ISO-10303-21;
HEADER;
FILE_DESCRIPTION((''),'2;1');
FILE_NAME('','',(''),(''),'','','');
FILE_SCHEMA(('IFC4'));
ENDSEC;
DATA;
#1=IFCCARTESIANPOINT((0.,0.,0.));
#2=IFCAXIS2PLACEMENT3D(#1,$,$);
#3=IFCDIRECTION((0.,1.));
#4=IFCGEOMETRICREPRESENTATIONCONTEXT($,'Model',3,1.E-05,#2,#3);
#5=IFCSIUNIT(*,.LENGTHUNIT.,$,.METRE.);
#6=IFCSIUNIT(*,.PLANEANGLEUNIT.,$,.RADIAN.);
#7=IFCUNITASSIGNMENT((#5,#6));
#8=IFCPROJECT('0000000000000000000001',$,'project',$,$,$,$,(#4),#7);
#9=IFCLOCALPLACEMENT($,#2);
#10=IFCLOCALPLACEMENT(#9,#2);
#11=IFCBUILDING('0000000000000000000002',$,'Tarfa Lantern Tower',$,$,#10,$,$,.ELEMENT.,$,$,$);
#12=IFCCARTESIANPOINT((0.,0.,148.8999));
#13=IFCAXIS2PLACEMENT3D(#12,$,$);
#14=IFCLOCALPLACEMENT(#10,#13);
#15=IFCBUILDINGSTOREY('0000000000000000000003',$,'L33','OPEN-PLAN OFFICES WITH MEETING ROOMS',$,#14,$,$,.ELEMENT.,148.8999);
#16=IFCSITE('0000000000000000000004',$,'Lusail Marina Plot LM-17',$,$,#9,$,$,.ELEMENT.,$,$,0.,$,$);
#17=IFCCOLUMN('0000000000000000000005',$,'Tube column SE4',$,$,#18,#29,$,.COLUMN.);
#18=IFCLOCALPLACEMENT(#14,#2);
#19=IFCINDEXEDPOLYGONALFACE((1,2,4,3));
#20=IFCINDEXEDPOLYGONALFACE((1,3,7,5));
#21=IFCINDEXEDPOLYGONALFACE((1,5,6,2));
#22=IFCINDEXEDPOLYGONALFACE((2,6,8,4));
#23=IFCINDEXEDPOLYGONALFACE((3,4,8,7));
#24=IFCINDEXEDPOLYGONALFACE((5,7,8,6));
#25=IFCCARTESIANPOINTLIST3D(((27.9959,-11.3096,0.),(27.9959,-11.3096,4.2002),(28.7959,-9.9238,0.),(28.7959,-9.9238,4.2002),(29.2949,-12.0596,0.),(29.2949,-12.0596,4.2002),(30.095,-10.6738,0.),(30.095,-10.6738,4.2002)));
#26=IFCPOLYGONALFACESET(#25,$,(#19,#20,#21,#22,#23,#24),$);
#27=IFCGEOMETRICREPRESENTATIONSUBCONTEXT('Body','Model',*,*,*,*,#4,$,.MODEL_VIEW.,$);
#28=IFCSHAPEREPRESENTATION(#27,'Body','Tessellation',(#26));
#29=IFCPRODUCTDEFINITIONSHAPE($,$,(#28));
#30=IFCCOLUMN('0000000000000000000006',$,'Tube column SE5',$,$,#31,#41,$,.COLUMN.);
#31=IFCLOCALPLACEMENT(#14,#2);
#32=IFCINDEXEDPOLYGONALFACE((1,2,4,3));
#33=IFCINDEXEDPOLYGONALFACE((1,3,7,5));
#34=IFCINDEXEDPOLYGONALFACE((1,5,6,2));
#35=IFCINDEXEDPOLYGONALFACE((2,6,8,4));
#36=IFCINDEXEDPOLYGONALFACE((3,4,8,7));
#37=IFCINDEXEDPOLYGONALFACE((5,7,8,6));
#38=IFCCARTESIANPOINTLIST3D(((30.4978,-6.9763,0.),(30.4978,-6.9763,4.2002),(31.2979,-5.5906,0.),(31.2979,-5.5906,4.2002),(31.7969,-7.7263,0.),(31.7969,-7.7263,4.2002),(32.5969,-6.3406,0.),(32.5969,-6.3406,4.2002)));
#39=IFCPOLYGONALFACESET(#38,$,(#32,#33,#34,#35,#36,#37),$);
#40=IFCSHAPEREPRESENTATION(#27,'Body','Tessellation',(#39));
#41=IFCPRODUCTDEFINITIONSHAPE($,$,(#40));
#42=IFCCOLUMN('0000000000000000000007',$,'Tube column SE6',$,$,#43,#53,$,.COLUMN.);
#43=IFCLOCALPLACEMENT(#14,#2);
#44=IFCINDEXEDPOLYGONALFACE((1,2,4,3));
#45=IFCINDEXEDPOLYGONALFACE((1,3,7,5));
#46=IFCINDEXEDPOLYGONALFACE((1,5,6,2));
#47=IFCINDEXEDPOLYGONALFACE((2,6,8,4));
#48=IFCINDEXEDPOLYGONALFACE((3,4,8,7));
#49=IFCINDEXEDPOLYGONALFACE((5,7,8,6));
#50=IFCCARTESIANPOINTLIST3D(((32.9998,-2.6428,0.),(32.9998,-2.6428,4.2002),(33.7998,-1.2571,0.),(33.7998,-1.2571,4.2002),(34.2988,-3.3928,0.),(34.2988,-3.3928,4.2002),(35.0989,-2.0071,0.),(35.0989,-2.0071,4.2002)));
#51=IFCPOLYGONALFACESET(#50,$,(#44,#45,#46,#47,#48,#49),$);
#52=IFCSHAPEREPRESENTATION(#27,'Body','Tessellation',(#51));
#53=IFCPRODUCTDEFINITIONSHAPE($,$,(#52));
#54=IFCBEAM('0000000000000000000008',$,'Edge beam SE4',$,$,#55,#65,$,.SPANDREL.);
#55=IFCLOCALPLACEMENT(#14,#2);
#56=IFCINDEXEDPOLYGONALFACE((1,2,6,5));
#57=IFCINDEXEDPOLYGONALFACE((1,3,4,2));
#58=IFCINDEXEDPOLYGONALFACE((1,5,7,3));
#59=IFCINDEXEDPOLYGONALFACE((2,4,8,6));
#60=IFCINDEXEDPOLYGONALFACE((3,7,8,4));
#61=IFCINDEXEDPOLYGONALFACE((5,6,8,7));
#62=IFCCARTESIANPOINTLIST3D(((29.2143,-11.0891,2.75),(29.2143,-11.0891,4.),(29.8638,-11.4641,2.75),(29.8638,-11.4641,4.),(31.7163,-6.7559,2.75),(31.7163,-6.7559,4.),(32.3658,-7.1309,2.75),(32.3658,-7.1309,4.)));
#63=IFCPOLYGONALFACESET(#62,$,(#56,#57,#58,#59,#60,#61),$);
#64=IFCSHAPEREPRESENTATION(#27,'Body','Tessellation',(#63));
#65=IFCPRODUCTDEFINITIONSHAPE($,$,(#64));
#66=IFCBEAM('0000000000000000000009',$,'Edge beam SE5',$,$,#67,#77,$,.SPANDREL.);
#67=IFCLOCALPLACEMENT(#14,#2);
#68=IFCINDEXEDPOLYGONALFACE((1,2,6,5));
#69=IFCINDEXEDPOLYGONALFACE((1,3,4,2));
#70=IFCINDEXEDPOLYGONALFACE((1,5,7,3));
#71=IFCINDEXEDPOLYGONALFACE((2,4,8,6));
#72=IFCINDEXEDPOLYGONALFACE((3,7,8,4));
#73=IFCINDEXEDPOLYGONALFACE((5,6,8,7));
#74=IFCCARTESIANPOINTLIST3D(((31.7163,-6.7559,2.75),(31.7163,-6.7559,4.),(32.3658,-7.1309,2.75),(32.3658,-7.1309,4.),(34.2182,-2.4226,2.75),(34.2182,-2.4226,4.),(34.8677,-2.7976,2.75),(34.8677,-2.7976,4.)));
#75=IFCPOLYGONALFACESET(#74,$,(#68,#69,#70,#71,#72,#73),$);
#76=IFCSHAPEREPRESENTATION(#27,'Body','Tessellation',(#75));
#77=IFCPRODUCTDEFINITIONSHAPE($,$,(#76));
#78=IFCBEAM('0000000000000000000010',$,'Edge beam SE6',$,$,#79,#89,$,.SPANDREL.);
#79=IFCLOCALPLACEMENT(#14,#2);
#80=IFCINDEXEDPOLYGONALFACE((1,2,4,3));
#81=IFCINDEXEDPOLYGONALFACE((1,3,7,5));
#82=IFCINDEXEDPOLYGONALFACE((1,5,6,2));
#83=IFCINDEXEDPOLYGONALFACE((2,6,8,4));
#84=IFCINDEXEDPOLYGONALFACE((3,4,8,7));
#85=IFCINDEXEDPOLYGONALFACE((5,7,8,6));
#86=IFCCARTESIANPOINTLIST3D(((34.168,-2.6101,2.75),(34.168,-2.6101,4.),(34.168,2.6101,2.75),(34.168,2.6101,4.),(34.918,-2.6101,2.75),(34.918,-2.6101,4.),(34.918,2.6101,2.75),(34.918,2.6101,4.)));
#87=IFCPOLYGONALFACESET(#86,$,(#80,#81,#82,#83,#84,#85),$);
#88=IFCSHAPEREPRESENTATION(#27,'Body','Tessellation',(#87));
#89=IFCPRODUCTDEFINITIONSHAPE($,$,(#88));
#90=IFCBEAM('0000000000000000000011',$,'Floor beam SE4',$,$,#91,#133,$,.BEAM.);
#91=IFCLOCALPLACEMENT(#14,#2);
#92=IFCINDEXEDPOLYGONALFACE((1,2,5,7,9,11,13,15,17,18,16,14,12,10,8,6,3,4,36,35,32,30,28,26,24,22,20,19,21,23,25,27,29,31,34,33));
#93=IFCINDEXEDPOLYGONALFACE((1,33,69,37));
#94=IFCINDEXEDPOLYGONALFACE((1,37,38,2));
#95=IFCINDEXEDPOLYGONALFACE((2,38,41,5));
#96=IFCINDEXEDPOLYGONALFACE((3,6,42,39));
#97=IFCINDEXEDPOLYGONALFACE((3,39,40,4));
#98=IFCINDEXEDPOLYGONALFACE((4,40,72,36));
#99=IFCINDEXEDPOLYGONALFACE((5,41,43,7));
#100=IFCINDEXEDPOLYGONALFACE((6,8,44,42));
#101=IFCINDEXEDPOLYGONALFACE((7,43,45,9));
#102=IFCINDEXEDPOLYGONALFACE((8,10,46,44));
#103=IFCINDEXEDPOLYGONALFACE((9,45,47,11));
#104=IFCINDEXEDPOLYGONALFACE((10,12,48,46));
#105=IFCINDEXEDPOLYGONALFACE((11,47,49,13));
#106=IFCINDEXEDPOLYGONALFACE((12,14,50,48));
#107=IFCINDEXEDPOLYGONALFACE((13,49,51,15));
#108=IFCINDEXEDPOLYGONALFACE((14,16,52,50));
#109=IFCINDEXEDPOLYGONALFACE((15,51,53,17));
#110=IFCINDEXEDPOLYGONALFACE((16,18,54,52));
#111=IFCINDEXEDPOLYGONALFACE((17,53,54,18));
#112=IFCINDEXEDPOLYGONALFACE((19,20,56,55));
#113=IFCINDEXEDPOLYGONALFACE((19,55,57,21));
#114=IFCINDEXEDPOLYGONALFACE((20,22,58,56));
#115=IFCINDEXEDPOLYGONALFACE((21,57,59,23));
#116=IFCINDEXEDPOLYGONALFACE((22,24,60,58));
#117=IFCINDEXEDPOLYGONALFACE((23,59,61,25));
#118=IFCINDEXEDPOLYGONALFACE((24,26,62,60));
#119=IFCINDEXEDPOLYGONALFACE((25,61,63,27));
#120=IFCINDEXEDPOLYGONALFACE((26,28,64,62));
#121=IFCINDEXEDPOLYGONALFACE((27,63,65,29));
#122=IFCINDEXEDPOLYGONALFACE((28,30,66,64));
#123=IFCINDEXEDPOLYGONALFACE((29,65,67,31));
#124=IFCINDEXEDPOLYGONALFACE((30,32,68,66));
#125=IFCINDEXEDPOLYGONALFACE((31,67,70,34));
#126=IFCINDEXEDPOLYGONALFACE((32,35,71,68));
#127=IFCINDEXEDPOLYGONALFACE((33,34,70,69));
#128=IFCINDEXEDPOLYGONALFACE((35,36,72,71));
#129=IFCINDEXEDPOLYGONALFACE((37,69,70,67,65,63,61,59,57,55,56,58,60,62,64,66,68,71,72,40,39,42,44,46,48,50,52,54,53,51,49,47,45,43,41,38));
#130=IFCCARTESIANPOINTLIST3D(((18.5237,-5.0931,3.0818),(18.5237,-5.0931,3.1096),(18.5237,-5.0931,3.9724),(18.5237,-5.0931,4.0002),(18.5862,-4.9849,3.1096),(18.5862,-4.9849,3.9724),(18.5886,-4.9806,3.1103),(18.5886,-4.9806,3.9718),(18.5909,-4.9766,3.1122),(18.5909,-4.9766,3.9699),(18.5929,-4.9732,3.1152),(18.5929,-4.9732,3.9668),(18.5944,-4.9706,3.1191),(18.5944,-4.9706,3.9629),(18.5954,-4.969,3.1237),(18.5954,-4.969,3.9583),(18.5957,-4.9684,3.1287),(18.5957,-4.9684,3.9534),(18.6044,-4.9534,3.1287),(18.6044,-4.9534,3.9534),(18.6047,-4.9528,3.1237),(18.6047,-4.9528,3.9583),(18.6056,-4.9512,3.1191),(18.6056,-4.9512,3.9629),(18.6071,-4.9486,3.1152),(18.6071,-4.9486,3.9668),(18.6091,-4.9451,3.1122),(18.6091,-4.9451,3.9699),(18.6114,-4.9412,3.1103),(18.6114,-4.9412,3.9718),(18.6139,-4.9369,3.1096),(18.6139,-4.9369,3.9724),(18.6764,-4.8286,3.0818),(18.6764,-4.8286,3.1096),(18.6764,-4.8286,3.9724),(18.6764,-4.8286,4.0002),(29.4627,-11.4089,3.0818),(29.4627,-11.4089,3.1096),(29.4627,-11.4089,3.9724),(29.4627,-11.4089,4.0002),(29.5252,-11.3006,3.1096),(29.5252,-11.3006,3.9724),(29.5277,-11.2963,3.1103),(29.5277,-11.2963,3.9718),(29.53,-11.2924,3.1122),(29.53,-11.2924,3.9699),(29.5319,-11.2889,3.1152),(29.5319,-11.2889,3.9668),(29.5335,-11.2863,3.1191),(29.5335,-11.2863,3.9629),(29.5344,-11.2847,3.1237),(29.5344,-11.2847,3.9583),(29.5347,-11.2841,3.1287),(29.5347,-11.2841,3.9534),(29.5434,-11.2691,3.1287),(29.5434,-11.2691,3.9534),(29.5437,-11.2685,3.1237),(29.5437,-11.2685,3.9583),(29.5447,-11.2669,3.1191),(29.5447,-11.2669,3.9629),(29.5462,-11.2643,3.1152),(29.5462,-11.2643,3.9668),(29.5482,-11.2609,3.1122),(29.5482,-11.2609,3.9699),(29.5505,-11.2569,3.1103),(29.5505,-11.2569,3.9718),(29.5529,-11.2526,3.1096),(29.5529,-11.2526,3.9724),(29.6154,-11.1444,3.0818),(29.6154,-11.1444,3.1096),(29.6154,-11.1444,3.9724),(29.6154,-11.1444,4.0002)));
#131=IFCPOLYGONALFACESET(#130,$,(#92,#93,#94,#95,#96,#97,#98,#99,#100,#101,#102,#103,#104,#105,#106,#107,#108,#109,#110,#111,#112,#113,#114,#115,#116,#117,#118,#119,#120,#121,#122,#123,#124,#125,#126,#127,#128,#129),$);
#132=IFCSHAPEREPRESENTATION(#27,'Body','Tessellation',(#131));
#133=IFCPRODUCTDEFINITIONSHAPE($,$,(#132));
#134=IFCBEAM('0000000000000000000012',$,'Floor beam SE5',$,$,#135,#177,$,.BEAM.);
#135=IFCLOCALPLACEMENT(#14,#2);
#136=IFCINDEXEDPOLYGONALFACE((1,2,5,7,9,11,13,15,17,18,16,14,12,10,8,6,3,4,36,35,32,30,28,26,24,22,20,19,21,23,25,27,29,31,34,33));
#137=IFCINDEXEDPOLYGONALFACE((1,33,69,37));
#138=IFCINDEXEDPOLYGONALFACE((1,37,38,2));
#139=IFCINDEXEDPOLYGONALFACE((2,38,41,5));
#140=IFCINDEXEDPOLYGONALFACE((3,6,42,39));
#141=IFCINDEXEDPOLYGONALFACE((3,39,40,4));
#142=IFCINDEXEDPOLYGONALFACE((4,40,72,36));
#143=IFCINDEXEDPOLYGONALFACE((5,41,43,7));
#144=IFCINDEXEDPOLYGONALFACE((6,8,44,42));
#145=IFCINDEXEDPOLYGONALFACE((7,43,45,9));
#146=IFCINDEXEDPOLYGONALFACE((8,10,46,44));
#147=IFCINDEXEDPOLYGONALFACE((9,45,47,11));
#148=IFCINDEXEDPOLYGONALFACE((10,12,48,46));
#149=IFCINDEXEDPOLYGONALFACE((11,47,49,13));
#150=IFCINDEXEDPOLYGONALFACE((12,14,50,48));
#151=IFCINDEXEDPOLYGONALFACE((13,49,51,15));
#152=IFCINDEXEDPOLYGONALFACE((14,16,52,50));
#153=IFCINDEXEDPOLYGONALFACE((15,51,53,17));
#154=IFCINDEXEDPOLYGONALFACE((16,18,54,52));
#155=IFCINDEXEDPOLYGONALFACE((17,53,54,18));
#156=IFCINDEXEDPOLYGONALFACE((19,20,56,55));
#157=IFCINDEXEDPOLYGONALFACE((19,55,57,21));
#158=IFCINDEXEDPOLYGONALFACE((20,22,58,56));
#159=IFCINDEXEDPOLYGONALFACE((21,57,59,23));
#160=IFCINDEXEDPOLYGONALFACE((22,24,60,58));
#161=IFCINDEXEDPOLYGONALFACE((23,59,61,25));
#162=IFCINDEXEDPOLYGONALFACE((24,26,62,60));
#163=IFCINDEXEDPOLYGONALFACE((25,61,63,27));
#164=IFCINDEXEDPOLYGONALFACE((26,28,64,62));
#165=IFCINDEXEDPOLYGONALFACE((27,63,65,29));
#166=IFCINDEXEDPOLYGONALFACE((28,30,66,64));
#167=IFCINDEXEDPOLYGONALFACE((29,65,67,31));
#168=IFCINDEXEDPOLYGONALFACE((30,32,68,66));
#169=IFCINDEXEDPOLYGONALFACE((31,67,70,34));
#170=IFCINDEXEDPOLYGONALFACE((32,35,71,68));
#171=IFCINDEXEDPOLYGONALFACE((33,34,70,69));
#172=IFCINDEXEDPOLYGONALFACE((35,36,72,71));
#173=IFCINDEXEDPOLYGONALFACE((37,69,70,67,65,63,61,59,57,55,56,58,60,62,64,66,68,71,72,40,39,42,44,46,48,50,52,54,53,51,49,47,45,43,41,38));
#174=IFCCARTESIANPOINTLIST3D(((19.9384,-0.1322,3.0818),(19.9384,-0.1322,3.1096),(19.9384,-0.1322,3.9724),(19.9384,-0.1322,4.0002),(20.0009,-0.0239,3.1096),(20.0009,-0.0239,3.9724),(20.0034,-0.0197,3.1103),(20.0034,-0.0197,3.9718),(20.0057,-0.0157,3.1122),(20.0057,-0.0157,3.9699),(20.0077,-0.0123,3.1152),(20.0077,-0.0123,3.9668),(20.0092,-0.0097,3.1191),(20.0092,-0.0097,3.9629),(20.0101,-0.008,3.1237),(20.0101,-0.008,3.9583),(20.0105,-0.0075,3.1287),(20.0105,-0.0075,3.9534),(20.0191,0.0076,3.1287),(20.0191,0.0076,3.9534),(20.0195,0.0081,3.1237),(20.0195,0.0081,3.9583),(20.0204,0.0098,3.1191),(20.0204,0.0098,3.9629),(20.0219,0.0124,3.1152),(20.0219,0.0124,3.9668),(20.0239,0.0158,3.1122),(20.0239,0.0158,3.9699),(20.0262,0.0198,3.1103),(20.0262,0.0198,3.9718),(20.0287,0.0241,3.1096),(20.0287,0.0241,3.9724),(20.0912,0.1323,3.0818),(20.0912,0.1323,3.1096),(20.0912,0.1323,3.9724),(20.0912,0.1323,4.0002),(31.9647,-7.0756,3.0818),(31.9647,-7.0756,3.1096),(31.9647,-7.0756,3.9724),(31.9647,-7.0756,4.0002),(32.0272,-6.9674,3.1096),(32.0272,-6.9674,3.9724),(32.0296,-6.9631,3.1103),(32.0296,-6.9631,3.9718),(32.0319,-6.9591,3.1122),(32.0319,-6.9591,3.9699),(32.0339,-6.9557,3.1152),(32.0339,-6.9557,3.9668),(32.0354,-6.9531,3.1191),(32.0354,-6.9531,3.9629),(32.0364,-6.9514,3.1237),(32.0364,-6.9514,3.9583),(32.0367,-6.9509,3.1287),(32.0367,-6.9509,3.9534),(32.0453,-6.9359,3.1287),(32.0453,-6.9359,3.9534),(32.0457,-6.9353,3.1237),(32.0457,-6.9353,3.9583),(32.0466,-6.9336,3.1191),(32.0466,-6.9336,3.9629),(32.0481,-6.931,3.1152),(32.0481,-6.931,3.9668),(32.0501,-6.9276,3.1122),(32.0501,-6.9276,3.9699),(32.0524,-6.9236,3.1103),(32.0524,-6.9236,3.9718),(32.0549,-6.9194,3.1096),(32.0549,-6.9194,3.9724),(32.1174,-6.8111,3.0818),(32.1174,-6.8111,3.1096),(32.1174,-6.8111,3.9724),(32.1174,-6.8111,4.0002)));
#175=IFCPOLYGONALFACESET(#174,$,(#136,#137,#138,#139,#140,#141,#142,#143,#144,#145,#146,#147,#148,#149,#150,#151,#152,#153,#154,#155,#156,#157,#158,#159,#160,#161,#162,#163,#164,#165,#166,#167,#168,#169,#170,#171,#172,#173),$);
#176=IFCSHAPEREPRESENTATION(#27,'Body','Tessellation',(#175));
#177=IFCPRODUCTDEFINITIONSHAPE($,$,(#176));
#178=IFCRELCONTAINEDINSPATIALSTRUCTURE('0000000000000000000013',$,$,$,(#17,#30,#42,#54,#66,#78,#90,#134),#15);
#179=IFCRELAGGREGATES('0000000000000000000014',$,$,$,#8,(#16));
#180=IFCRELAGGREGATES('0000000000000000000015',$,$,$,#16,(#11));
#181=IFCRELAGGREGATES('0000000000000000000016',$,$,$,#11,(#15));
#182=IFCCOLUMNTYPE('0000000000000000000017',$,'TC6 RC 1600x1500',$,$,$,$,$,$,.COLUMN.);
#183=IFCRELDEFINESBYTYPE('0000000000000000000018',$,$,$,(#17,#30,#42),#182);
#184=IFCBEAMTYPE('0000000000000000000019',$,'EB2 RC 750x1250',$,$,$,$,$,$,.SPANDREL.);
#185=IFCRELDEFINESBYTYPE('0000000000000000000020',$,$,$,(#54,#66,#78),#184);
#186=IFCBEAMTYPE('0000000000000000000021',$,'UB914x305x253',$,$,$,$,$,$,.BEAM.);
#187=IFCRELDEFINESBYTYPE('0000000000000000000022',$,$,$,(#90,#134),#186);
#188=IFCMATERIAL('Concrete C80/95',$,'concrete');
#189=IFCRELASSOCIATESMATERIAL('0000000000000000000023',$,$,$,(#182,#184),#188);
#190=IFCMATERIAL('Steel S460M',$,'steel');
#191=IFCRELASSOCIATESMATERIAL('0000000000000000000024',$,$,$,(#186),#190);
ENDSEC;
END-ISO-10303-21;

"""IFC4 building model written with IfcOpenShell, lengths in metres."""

from ifc_helpers import new_model, si_unit, direction, frame, origin, origin_2d, place, context, subcontext, project, spatial, rectangle, i_section, extrude, material, material_profile, profile_set, type_object, element, save


model = new_model("IFC4")

# Units and contexts
model_context = context("Model", 3, precision=1e-05, world=origin(), true_north=direction((0.0, 1.0)))
body_context = subcontext(model_context, "Body", "Model", "MODEL_VIEW")
ifc_project = project(units=[si_unit("LENGTHUNIT", "METRE"), si_unit("PLANEANGLEUNIT", "RADIAN")], contexts=[model_context])

# Site, building, storey
site_placement = place(None, origin())
site = spatial("IfcSite", under=ifc_project, at=site_placement, Name="Lusail Marina Plot LM-17", CompositionType="ELEMENT", RefElevation=0.0)
building_placement = place(site_placement, origin())
building = spatial("IfcBuilding", under=site, at=building_placement, Name="Tarfa Lantern Tower", CompositionType="ELEMENT")
storey_placement = place(building_placement, frame((0.0, 0.0, 148.8999)))
storey = spatial("IfcBuildingStorey", under=building, at=storey_placement, Name="L33", Description="OPEN-PLAN OFFICES WITH MEETING ROOMS", CompositionType="ELEMENT", Elevation=148.8999)

# Columns
ifc_material_1 = material(Name="Concrete C80/95", Category="concrete")
ifc_material_profile_1 = material_profile(ifc_material_1, rectangle(XDim=1.6001, YDim=1.5, at=origin_2d()), Name="RC 1600x1500")
ifc_profile_set_1 = profile_set([ifc_material_profile_1], Name="Concrete C80/95")
column_type = type_object("IfcColumnType", Name="TC6 RC 1600x1500", PredefinedType="COLUMN", material=ifc_profile_set_1)
for number, where, z_axis, x_axis, name in (
    (1, (29.0454, -10.9917, 0.0), (0.0, 0.0, 1.0), (0.5, 0.866025, 0.0), "Tube column SE4"),
    (2, (31.5474, -6.6584, 0.0), (0.0, 0.0, 1.0), (0.5, 0.866025, 0.0), "Tube column SE5"),
    (3, (34.0493, -2.325, 0.0), (0.0, 0.0, 1.0), (0.5, 0.866025, 0.0), "Tube column SE6"),
):
    element("IfcColumn", number, at=place(storey_placement, frame(where, z_axis=z_axis, x_axis=x_axis)), inside=storey, type_object=column_type, Name=name, PredefinedType="COLUMN", context=body_context, shape_type="SweptSolid", body=[
        extrude(rectangle(XDim=1.6001, YDim=1.5, at=origin_2d()), origin(), (0.0, 0.0, 1.0), 4.2002),
    ])

# Beams
ifc_material_profile_2 = material_profile(ifc_material_1, rectangle(XDim=0.75, YDim=1.25, at=origin_2d()), Name="RC 750x1250")
ifc_profile_set_2 = profile_set([ifc_material_profile_2], Name="Concrete C80/95")
beam_type_1 = type_object("IfcBeamType", Name="EB2 RC 750x1250", PredefinedType="SPANDREL", material=ifc_profile_set_2)
for number, where, z_axis, x_axis, name in (
    (4, (29.5391, -11.2766, 3.375), (0.500022, 0.866013, 0.0), (-0.866013, 0.500022, 0.0), "Edge beam SE4"),
    (5, (32.041, -6.9434, 3.375), (0.500022, 0.866013, 0.0), (-0.866013, 0.500022, 0.0), "Edge beam SE5"),
):
    element("IfcBeam", number, at=place(storey_placement, frame(where, z_axis=z_axis, x_axis=x_axis)), inside=storey, type_object=beam_type_1, Name=name, PredefinedType="SPANDREL", context=body_context, shape_type="SweptSolid", body=[
        extrude(rectangle(XDim=0.75, YDim=1.25, at=origin_2d()), origin(), (0.0, 0.0, 1.0), 5.0037),
    ])
beam_1_placement = place(storey_placement, frame((34.543, -2.6101, 3.375), z_axis=(0.0, 1.0, 0.0), x_axis=(-1.0, 0.0, 0.0)))
element("IfcBeam", 6, at=beam_1_placement, inside=storey, type_object=beam_type_1, Name="Edge beam SE6", PredefinedType="SPANDREL", context=body_context, shape_type="SweptSolid", body=[
    extrude(rectangle(XDim=0.75, YDim=1.25, at=origin_2d()), origin(), (0.0, 0.0, 1.0), 5.2202),
])
ifc_material_2 = material(Name="Steel S460M", Category="steel")
ifc_material_profile_3 = material_profile(ifc_material_2, i_section(OverallWidth=0.3054, OverallDepth=0.9185, WebThickness=0.0173, FlangeThickness=0.0278, FilletRadius=0.019, at=origin_2d()), Name="UB914x305x253")
ifc_profile_set_3 = profile_set([ifc_material_profile_3], Name="Steel S460M")
beam_type_2 = type_object("IfcBeamType", Name="UB914x305x253", PredefinedType="BEAM", material=ifc_profile_set_3)
beam_2_placement = place(storey_placement, frame((29.5391, -11.2766, 3.541), z_axis=(-0.866023, 0.500004, 0.0), x_axis=(-0.500004, -0.866023, 0.0)))
element("IfcBeam", 7, at=beam_2_placement, inside=storey, type_object=beam_type_2, Name="Floor beam SE4", PredefinedType="BEAM", context=body_context, shape_type="SweptSolid", body=[
    extrude(i_section(OverallWidth=0.3054, OverallDepth=0.9185, WebThickness=0.0173, FlangeThickness=0.0278, FilletRadius=0.019, at=origin_2d()), origin(), (0.0, 0.0, 1.0), 12.6313),
])
beam_3_placement = place(storey_placement, frame((32.041, -6.9434, 3.541), z_axis=(-0.866023, 0.500004, 0.0), x_axis=(-0.500004, -0.866023, 0.0)))
element("IfcBeam", 8, at=beam_3_placement, inside=storey, type_object=beam_type_2, Name="Floor beam SE5", PredefinedType="BEAM", context=body_context, shape_type="SweptSolid", body=[
    extrude(i_section(OverallWidth=0.3054, OverallDepth=0.9185, WebThickness=0.0173, FlangeThickness=0.0278, FilletRadius=0.019, at=origin_2d()), origin(), (0.0, 0.0, 1.0), 13.8867),
])

save(model, "model.ifc")
